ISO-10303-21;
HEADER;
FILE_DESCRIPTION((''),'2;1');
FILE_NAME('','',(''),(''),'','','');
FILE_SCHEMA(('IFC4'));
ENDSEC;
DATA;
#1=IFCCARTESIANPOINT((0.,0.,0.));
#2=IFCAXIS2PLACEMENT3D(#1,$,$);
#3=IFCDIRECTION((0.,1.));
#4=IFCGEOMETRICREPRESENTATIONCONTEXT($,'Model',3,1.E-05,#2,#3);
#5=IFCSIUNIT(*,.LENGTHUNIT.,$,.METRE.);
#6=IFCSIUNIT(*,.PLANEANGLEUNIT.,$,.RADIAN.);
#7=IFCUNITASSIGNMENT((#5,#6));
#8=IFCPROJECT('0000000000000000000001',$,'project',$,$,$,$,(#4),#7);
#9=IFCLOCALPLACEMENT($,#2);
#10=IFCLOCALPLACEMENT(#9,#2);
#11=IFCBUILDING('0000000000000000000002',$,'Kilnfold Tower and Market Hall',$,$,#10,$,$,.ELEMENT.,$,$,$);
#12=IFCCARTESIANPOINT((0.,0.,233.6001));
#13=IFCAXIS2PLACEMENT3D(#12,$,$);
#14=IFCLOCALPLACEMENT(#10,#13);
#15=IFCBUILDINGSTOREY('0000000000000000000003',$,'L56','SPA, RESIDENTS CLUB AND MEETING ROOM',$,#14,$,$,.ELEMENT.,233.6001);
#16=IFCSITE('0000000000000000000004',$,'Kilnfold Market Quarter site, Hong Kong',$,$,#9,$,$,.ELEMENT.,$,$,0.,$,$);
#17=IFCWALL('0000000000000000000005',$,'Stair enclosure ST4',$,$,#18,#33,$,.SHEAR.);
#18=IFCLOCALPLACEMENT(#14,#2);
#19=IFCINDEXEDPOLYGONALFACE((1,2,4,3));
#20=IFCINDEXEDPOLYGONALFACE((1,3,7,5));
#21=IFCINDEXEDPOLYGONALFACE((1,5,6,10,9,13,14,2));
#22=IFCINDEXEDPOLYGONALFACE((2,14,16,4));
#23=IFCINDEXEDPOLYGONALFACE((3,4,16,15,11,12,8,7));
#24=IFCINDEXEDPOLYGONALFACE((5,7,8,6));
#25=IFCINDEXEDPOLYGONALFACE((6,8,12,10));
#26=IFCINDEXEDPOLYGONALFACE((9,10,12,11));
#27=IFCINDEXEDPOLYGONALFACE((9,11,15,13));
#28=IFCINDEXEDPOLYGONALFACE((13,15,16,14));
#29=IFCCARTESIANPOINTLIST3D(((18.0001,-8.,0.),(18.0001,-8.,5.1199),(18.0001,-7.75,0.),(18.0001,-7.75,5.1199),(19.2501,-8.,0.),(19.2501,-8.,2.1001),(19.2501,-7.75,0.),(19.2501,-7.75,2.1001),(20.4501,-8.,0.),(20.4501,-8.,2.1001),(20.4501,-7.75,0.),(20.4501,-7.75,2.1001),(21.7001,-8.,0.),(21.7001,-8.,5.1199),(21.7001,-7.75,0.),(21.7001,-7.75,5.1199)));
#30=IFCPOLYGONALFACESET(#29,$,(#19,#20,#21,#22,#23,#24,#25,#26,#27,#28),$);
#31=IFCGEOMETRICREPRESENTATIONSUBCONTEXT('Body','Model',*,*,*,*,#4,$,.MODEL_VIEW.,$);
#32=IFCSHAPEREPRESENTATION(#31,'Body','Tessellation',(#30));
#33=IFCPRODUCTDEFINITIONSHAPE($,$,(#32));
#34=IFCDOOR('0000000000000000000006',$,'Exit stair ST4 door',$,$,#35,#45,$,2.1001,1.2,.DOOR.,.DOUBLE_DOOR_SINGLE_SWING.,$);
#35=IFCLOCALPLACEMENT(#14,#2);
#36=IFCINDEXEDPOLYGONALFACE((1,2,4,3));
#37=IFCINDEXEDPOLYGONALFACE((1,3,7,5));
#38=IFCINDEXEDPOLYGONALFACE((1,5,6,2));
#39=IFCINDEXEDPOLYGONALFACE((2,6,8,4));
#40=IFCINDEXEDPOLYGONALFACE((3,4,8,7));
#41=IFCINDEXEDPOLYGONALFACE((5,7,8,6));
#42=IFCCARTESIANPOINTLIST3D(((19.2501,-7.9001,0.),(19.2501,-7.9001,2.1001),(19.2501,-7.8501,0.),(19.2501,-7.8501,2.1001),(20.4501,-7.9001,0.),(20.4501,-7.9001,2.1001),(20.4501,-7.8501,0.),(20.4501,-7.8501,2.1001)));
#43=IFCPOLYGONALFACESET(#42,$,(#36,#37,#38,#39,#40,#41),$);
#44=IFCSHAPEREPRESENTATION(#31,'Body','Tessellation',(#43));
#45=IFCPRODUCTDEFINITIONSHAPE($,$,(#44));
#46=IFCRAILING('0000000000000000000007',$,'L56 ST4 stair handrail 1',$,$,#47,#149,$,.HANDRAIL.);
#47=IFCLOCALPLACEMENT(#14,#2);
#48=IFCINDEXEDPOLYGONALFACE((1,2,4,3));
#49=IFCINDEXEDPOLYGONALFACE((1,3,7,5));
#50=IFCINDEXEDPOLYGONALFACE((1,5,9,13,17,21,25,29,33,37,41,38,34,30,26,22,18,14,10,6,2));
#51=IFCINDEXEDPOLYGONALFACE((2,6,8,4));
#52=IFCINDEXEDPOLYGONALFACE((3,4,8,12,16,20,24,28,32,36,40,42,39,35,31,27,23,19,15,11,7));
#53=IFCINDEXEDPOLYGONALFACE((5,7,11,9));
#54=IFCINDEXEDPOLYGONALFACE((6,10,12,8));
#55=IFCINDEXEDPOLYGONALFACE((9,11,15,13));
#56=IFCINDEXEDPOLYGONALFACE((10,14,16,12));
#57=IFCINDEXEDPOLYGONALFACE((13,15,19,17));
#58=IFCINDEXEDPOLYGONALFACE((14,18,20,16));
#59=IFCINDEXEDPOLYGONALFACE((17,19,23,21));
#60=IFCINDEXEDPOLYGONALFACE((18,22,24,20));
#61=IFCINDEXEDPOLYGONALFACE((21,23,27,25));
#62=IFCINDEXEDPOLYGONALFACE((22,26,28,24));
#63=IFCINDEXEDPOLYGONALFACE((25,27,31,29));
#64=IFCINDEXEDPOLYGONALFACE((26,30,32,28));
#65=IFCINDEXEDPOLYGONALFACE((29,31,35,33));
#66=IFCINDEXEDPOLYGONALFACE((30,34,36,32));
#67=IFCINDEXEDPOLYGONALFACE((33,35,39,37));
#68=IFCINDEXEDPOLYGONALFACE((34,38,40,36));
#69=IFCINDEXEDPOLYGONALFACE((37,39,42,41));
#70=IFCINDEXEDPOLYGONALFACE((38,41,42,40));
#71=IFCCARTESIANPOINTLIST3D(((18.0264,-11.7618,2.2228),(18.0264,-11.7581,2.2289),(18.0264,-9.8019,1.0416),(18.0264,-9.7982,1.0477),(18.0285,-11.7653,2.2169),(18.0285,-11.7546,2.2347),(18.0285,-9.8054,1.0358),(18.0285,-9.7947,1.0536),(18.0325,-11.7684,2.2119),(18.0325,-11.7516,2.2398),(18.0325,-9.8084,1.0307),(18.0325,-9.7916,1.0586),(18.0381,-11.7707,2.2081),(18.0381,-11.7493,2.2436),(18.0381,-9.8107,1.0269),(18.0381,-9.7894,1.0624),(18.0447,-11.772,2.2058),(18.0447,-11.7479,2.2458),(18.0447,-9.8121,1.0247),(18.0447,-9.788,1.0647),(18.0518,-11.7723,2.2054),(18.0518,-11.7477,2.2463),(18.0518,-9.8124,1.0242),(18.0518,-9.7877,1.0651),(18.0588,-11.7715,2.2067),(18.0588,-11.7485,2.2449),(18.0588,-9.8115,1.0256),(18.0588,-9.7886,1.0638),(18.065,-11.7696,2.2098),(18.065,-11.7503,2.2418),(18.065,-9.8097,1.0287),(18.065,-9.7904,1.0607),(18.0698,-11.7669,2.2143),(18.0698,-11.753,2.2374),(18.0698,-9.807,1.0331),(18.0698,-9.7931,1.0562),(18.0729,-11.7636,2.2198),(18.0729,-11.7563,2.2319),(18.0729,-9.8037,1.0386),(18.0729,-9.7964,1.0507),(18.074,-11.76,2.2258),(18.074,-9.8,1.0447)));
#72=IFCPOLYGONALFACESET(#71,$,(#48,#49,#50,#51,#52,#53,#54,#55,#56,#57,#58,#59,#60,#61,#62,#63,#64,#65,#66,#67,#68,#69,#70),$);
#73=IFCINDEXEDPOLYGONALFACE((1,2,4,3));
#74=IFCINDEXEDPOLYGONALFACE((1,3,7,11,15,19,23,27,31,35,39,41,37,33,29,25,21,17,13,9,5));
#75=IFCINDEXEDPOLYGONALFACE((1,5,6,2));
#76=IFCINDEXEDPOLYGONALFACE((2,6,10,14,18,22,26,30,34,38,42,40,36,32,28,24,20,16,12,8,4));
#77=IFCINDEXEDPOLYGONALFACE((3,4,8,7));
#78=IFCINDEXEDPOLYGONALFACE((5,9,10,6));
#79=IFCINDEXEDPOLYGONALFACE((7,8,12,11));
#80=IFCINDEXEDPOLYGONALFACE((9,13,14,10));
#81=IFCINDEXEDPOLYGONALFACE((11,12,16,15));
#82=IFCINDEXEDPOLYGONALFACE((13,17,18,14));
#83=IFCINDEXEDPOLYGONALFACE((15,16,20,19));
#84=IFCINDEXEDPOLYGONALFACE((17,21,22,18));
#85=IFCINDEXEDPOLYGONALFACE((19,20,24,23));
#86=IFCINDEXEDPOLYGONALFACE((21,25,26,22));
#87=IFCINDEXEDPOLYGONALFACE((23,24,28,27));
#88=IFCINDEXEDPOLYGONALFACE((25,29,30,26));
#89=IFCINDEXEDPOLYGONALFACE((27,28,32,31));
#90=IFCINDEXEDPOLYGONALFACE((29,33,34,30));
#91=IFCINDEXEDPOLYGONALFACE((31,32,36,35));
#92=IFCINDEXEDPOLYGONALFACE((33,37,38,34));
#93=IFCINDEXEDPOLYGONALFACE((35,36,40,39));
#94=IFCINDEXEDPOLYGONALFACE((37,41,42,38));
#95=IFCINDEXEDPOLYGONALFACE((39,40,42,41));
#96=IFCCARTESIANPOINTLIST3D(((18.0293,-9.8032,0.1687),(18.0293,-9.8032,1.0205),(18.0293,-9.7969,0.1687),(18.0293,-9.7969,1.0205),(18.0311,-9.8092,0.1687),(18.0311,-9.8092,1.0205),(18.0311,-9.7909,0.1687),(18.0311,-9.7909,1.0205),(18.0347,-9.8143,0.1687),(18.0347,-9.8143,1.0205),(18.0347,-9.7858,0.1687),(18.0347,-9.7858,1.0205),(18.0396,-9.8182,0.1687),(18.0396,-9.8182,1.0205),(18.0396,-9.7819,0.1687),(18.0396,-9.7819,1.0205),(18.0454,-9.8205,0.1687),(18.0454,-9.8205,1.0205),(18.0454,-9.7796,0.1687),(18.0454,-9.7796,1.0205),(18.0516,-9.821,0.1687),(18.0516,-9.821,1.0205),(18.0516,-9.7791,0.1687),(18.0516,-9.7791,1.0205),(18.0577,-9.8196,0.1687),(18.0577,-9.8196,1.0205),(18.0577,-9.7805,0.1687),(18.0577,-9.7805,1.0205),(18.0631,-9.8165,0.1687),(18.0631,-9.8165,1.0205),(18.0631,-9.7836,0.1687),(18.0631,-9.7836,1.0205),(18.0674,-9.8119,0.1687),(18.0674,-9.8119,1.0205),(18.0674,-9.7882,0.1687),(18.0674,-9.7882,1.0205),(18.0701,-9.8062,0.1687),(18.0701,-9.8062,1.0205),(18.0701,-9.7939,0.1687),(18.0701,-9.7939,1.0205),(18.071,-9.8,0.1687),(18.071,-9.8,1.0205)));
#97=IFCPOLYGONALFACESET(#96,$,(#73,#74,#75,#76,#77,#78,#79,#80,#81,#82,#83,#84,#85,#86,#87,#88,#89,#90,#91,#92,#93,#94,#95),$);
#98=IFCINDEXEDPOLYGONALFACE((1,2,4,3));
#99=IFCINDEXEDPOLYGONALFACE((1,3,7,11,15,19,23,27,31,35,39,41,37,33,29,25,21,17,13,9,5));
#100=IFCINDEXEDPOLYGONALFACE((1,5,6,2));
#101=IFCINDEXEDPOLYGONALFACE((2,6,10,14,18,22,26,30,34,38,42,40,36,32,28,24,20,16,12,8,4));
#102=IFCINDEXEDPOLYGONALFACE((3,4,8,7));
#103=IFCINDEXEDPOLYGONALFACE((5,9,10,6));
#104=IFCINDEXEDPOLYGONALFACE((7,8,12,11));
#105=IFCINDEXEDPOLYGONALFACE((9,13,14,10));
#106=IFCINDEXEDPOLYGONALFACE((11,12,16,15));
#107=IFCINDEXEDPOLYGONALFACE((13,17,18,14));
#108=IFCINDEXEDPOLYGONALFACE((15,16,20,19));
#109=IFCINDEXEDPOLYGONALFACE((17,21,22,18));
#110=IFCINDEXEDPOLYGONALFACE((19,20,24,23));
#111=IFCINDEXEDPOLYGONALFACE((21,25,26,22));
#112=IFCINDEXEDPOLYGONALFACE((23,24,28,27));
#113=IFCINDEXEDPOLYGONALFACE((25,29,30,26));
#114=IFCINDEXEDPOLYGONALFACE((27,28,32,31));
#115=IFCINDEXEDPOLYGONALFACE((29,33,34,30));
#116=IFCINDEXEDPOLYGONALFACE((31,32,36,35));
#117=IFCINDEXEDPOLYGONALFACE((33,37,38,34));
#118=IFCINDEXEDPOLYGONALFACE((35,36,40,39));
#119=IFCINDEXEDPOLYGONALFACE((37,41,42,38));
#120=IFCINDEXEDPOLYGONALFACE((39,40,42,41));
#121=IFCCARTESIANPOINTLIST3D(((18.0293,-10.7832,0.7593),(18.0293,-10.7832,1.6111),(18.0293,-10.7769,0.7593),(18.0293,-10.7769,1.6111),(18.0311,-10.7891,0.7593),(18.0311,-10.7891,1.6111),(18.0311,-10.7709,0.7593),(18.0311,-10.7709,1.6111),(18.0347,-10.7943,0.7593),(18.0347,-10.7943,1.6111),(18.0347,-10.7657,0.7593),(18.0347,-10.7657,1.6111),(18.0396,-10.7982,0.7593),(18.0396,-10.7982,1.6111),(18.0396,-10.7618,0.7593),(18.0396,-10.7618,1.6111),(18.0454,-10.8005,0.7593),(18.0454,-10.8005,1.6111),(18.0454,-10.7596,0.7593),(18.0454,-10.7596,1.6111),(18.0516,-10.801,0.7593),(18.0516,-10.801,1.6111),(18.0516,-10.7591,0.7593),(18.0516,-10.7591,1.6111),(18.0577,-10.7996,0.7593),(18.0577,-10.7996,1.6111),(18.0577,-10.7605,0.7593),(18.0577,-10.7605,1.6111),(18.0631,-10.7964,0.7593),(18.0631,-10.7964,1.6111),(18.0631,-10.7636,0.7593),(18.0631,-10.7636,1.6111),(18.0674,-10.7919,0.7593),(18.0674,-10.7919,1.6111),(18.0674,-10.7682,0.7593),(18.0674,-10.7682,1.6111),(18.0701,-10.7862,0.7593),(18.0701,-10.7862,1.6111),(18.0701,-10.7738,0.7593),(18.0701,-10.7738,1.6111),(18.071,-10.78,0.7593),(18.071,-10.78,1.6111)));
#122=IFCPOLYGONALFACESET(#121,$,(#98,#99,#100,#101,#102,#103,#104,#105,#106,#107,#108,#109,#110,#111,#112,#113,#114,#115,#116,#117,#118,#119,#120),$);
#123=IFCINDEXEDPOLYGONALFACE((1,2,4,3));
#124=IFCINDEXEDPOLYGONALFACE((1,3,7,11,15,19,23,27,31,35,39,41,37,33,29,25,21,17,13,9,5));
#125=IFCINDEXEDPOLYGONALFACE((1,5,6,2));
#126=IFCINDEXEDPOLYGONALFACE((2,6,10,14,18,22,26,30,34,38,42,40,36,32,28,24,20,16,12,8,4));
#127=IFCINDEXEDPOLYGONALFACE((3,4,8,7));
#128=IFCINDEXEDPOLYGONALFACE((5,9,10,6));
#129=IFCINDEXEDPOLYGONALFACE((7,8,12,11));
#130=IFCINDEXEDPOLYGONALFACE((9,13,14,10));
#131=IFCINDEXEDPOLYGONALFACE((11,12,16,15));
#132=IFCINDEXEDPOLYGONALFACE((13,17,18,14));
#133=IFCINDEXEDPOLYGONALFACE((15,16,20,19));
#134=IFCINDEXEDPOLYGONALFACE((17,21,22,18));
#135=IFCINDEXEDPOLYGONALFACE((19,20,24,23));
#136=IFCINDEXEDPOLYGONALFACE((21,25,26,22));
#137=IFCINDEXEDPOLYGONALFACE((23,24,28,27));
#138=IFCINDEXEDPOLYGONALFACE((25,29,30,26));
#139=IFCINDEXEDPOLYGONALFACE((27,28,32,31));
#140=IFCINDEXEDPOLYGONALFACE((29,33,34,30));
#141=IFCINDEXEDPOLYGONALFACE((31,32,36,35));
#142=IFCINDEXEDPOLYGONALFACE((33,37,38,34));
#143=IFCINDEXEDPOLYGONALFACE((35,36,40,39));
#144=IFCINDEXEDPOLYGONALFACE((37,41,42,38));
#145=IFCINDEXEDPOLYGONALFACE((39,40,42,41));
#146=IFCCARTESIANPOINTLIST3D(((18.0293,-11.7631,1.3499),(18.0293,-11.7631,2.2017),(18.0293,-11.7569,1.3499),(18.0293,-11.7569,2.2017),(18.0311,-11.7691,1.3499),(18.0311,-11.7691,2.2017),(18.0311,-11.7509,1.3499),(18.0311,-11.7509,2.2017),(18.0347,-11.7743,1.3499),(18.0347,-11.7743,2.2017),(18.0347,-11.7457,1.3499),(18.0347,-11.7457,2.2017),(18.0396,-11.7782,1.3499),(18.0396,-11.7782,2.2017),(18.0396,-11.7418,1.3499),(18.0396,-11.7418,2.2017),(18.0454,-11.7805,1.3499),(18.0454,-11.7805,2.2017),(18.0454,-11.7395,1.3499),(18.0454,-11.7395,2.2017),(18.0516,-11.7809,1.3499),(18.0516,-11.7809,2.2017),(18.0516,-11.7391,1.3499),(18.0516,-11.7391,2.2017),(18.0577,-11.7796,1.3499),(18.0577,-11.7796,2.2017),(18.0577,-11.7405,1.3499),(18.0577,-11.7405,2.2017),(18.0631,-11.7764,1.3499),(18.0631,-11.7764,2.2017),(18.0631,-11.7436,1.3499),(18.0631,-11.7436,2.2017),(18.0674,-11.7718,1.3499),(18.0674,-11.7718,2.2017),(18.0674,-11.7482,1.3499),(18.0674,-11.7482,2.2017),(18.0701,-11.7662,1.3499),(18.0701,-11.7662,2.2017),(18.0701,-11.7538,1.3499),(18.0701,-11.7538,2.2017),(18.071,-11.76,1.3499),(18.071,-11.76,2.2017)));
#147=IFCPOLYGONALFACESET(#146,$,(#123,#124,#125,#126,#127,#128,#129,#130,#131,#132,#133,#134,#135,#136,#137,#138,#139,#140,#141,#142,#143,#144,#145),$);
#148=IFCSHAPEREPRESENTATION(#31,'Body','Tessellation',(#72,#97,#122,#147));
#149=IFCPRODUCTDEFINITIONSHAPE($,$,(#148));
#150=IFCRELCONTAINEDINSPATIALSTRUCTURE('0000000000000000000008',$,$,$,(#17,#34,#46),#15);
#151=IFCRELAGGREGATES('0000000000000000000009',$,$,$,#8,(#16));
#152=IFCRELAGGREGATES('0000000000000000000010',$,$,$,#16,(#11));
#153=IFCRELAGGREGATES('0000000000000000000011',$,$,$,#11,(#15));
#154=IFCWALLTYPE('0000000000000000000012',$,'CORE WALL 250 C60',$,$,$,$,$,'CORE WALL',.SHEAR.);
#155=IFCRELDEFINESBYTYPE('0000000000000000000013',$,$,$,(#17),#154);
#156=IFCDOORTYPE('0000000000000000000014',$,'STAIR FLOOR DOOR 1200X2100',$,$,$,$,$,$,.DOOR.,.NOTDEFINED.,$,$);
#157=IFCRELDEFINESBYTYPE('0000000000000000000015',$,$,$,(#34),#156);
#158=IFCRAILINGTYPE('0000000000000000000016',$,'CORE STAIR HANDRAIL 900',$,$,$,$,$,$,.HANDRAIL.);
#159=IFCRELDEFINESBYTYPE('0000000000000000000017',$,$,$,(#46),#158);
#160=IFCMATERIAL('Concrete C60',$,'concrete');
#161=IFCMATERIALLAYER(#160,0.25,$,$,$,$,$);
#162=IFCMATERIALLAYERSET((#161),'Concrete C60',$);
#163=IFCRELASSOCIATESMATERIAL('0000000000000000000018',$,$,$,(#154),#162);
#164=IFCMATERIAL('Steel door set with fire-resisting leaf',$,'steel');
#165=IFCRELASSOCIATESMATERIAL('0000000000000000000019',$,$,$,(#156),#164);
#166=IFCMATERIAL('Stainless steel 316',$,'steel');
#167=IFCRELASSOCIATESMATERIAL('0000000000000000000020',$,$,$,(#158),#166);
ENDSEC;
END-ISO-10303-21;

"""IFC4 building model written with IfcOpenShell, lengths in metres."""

from ifc_helpers import new_model, si_unit, direction, frame, frame_2d, origin, origin_2d, place, context, subcontext, project, spatial, rectangle, circle, extrude, source, transform, mapped, material, layer, layer_set, type_object, element, fill, save


model = new_model("IFC4")

# Units and contexts
model_context = context("Model", 3, precision=1e-05, world=origin(), true_north=direction((0.0, 1.0)))
body_context = subcontext(model_context, "Body", "Model", "MODEL_VIEW")
ifc_project = project(units=[si_unit("LENGTHUNIT", "METRE"), si_unit("PLANEANGLEUNIT", "RADIAN")], contexts=[model_context])

# Site, building, storey
site_placement = place(None, origin())
site = spatial("IfcSite", under=ifc_project, at=site_placement, Name="Kilnfold Market Quarter site, Hong Kong", CompositionType="ELEMENT", RefElevation=0.0)
building_placement = place(site_placement, origin())
building = spatial("IfcBuilding", under=site, at=building_placement, Name="Kilnfold Tower and Market Hall", CompositionType="ELEMENT")
storey_placement = place(building_placement, frame((0.0, 0.0, 233.6001)))
storey = spatial("IfcBuildingStorey", under=building, at=storey_placement, Name="L56", Description="SPA, RESIDENTS CLUB AND MEETING ROOM", CompositionType="ELEMENT", Elevation=233.6001)

# Wall, opening, door
ifc_material_1 = material(Name="Concrete C60", Category="concrete")
ifc_layer_1 = layer(ifc_material_1, 0.25)
ifc_layer_set_1 = layer_set([ifc_layer_1], Name="Concrete C60")
wall_type_1 = type_object("IfcWallType", Name="CORE WALL 250 C60", ElementType="CORE WALL", PredefinedType="SHEAR", material=ifc_layer_set_1)
shared_shape_1 = source(origin(), body_context, "Body", "SweptSolid", [
    extrude(rectangle(XDim=3.7, YDim=0.25, at=frame_2d((1.8501, 0.0))), origin(), (0.0, 0.0, 1.0), 5.1199),
])
wall_1_placement = place(storey_placement, frame((18.0, -7.875, 0.0), z_axis=(0.0, 0.0, 1.0), x_axis=(1.0, 0.0, 0.0)))
wall_1 = element("IfcWall", 1, at=wall_1_placement, inside=storey, type_object=wall_type_1, Name="Stair enclosure ST4", PredefinedType="SHEAR", context=body_context, shape_type="MappedRepresentation", body=[
    mapped(shared_shape_1, transform((0.0, 0.0, 0.0))),
])
opening_1_placement = place(wall_1_placement, frame((1.25, 0.0, 0.0)))
opening_1 = element("IfcOpeningElement", 2, at=opening_1_placement, cuts=wall_1, PredefinedType="OPENING", context=body_context, shape_type="SweptSolid", body=[
    extrude(rectangle(XDim=1.2, YDim=2.1001, at=frame_2d((0.6001, 1.05))), frame((0.0, 0.135, 0.0), z_axis=(0.0, -1.0, 0.0), x_axis=(1.0, 0.0, 0.0)), (0.0, 0.0, 1.0), 0.27),
])
ifc_material_2 = material(Name="Steel door set with fire-resisting leaf", Category="steel")
door_type_1 = type_object("IfcDoorType", Name="STAIR FLOOR DOOR 1200X2100", OperationType="NOTDEFINED", PredefinedType="DOOR", material=ifc_material_2)
door_1_placement = place(opening_1_placement, origin())
door_1 = element("IfcDoor", 3, at=door_1_placement, inside=storey, type_object=door_type_1, Name="Exit stair ST4 door", OperationType="DOUBLE_DOOR_SINGLE_SWING", OverallHeight=2.1001, OverallWidth=1.2, PredefinedType="DOOR", context=body_context, shape_type="SweptSolid", body=[
    extrude(rectangle(XDim=1.2, YDim=2.1001, at=frame_2d((0.6001, 1.05))), frame((0.0, 0.0249, 0.0), z_axis=(0.0, -1.0, 0.0), x_axis=(1.0, 0.0, 0.0)), (0.0, 0.0, 1.0), 0.05),
])
fill(opening_1, door_1)

# Railing
ifc_material_3 = material(Name="Stainless steel 316", Category="steel")
railing_type_1 = type_object("IfcRailingType", Name="CORE STAIR HANDRAIL 900", PredefinedType="HANDRAIL", material=ifc_material_3)
railing_1_placement = place(storey_placement, frame((18.05, -9.8, 0.1687)))
element("IfcRailing", 4, at=railing_1_placement, inside=storey, type_object=railing_type_1, Name="L56 ST4 stair handrail 1", PredefinedType="HANDRAIL", context=body_context, shape_type="SweptSolid", body=[
    extrude(circle(Radius=0.0239, at=origin_2d()), frame((0.0, 0.0, 0.876), z_axis=(0.0, -0.856493, 0.516158), x_axis=(1.0, 0.0, 0.0)), (0.0, 0.0, 1.0), 2.2883),
    extrude(circle(Radius=0.021, at=origin_2d()), origin(), (0.0, 0.0, 1.0), 0.8518),
    extrude(circle(Radius=0.021, at=origin_2d()), frame((0.0, -0.98, 0.5906)), (0.0, 0.0, 1.0), 0.8518),
    extrude(circle(Radius=0.021, at=origin_2d()), frame((0.0, -1.96, 1.1812)), (0.0, 0.0, 1.0), 0.8518),
])

save(model, "model.ifc")
